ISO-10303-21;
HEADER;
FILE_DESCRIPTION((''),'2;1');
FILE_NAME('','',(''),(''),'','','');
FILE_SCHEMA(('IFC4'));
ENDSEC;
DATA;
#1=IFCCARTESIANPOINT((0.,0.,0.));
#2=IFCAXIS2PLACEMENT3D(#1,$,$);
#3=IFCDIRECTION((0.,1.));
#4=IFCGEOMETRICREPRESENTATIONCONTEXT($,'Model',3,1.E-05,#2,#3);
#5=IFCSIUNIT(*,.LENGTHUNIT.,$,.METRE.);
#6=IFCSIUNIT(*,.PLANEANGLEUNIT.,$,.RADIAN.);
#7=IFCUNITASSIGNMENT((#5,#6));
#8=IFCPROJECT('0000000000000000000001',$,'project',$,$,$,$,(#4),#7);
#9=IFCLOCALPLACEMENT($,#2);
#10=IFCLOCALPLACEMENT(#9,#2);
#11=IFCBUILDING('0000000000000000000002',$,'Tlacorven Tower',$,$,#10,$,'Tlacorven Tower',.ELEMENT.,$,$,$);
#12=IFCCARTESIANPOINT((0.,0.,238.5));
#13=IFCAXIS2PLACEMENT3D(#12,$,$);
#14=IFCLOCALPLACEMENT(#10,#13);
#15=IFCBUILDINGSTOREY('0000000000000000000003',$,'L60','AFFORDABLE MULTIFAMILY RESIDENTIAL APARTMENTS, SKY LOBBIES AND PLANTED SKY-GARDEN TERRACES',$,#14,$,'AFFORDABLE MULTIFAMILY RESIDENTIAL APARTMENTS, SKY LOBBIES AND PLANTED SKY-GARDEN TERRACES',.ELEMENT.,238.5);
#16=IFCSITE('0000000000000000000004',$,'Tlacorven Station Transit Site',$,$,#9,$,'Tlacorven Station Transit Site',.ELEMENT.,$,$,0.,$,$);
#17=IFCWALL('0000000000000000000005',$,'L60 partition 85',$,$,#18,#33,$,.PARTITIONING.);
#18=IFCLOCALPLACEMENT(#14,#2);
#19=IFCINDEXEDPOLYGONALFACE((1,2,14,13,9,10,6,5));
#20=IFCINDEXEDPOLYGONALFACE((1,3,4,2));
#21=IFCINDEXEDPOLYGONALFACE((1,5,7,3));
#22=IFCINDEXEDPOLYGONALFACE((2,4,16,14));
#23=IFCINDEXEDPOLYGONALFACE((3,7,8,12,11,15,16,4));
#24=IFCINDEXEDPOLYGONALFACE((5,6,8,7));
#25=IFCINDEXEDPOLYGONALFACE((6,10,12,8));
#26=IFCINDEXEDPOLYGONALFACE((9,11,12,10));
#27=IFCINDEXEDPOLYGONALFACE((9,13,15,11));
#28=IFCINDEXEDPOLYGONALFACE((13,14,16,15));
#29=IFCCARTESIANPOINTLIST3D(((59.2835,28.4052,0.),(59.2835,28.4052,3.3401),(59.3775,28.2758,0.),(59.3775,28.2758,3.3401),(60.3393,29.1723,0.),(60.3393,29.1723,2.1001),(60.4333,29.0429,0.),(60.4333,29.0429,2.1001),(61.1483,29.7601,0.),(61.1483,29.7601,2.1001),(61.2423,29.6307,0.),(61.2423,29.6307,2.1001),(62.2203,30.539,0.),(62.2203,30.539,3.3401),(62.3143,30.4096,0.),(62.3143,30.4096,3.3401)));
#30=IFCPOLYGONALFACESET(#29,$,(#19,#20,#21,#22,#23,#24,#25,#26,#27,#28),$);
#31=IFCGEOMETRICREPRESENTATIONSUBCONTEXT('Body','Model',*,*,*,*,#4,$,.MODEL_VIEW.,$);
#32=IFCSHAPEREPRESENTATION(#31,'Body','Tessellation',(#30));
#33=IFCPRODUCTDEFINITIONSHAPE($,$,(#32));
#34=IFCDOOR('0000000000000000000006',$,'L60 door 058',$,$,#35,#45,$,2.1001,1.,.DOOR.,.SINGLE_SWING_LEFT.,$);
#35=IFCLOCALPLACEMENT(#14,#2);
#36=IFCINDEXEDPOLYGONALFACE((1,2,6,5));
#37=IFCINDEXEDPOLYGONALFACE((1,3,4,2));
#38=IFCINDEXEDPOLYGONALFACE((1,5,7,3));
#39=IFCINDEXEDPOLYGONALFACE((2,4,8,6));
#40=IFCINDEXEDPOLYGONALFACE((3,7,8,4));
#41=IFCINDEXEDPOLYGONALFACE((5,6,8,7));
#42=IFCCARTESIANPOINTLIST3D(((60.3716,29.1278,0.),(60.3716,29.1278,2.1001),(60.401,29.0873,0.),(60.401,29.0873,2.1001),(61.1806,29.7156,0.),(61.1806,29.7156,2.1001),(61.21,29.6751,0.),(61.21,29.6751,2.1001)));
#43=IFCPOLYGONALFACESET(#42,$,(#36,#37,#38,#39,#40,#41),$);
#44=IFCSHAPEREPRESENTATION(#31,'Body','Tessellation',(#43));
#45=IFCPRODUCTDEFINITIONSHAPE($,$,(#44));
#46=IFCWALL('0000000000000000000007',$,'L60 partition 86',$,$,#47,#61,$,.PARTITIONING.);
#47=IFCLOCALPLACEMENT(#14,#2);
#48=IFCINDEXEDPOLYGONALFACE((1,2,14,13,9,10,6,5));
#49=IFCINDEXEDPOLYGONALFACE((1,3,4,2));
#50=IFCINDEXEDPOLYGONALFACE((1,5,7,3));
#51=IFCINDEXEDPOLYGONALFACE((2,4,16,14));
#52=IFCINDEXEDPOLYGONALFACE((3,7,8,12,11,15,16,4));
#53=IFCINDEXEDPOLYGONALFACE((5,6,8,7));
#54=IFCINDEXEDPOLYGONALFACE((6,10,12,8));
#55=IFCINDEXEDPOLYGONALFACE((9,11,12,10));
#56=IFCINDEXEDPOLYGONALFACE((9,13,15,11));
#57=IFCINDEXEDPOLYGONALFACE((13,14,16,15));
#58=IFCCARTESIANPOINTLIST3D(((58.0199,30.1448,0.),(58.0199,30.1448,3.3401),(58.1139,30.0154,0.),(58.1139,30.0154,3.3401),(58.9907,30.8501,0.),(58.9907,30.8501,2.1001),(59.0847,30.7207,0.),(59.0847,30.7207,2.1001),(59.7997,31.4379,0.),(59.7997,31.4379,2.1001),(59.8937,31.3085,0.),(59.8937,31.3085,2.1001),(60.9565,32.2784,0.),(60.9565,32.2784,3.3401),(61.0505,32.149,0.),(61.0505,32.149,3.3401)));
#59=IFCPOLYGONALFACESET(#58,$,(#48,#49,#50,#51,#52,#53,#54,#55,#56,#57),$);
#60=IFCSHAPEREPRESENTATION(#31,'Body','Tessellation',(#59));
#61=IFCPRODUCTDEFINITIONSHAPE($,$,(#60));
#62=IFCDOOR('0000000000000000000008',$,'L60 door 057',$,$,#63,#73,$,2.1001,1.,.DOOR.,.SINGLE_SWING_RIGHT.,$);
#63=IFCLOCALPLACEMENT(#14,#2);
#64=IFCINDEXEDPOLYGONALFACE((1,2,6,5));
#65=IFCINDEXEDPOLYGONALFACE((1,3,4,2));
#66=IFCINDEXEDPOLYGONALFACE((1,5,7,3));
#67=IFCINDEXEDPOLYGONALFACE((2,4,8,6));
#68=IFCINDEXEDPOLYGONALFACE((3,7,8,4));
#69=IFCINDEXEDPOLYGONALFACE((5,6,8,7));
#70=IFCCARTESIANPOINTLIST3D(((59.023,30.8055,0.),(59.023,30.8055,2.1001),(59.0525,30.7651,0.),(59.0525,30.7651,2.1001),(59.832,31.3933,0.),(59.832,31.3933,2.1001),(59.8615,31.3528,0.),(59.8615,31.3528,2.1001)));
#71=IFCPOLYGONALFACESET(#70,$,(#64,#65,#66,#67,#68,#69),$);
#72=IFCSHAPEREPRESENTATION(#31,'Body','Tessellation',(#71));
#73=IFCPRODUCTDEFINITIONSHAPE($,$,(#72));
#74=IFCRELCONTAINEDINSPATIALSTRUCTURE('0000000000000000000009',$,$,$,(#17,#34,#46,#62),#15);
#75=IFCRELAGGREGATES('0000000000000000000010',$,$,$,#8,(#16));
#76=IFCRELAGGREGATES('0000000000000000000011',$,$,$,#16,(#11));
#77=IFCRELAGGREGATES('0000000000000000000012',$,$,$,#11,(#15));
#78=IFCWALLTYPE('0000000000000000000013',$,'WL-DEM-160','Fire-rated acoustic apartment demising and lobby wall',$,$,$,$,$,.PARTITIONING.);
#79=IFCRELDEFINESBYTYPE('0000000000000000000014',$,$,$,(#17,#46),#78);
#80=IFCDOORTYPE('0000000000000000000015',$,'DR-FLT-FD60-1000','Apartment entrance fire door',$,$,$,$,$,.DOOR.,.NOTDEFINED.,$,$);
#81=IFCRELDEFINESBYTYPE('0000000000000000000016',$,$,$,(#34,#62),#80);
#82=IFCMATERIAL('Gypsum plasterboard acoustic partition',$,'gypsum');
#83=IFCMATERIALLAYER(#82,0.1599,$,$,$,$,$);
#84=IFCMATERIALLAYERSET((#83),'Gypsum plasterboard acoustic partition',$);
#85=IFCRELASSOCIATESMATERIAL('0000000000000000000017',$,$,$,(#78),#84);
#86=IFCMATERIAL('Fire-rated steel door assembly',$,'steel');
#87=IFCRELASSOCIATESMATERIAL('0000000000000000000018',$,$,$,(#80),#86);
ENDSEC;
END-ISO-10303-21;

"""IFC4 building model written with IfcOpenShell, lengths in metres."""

from ifc_helpers import new_model, si_unit, direction, frame, frame_2d, origin, place, context, subcontext, project, spatial, rectangle, extrude, source, transform, mapped, material, layer, layer_set, type_object, element, fill, save


model = new_model("IFC4")

# Units and contexts
model_context = context("Model", 3, precision=1e-05, world=origin(), true_north=direction((0.0, 1.0)))
body_context = subcontext(model_context, "Body", "Model", "MODEL_VIEW")
ifc_project = project(units=[si_unit("LENGTHUNIT", "METRE"), si_unit("PLANEANGLEUNIT", "RADIAN")], contexts=[model_context])

# Site, building, storey
site_placement = place(None, origin())
site = spatial("IfcSite", under=ifc_project, at=site_placement, Name="Tlacorven Station Transit Site", LongName="Tlacorven Station Transit Site", CompositionType="ELEMENT", RefElevation=0.0)
building_placement = place(site_placement, origin())
building = spatial("IfcBuilding", under=site, at=building_placement, Name="Tlacorven Tower", LongName="Tlacorven Tower", CompositionType="ELEMENT")
storey_placement = place(building_placement, frame((0.0, 0.0, 238.5)))
storey = spatial("IfcBuildingStorey", under=building, at=storey_placement, Name="L60", Description="AFFORDABLE MULTIFAMILY RESIDENTIAL APARTMENTS, SKY LOBBIES AND PLANTED SKY-GARDEN TERRACES", LongName="AFFORDABLE MULTIFAMILY RESIDENTIAL APARTMENTS, SKY LOBBIES AND PLANTED SKY-GARDEN TERRACES", CompositionType="ELEMENT", Elevation=238.5)

# Shared definitions
ifc_material_1 = material(Name="Gypsum plasterboard acoustic partition", Category="gypsum")
ifc_layer_1 = layer(ifc_material_1, 0.1599)
ifc_layer_set_1 = layer_set([ifc_layer_1], Name="Gypsum plasterboard acoustic partition")
wall_type_1 = type_object("IfcWallType", Name="WL-DEM-160", Description="Fire-rated acoustic apartment demising and lobby wall", PredefinedType="PARTITIONING", material=ifc_layer_set_1)

# Walls, openings, doors
wall_1_placement = place(storey_placement, frame((59.3306, 28.3406, 0.0), z_axis=(0.0, 0.0, 1.0), x_axis=(0.809004, 0.587804, 0.0)))
wall_1 = element("IfcWall", 1, at=wall_1_placement, inside=storey, type_object=wall_type_1, Name="L60 partition 85", PredefinedType="PARTITIONING", context=body_context, shape_type="SweptSolid", body=[
    extrude(rectangle(XDim=3.6301, YDim=0.1599, at=frame_2d((1.8149, 0.0))), origin(), (0.0, 0.0, 1.0), 3.3401),
])
opening_1_placement = place(wall_1_placement, frame((1.3049, 0.0, 0.0)))
opening_1 = element("IfcOpeningElement", 2, at=opening_1_placement, cuts=wall_1, PredefinedType="OPENING", context=body_context, shape_type="SweptSolid", body=[
    extrude(rectangle(XDim=1.0, YDim=2.1001, at=frame_2d((0.5, 1.05))), frame((0.0, 0.0898, 0.0), z_axis=(0.0, -1.0, 0.0), x_axis=(1.0, 0.0, 0.0)), (0.0, 0.0, 1.0), 0.1799),
])
ifc_material_2 = material(Name="Fire-rated steel door assembly", Category="steel")
door_type = type_object("IfcDoorType", Name="DR-FLT-FD60-1000", Description="Apartment entrance fire door", OperationType="NOTDEFINED", PredefinedType="DOOR", material=ifc_material_2)
shared_shape_1 = source(origin(), body_context, "Body", "SweptSolid", [
    extrude(rectangle(XDim=1.0, YDim=2.1001, at=frame_2d((0.5, 1.05))), frame((0.0, 0.0249, 0.0), z_axis=(0.0, -1.0, 0.0), x_axis=(1.0, 0.0, 0.0)), (0.0, 0.0, 1.0), 0.05),
])
door_1_placement = place(opening_1_placement, origin())
door_1 = element("IfcDoor", 3, at=door_1_placement, inside=storey, type_object=door_type, Name="L60 door 058", OperationType="SINGLE_SWING_LEFT", OverallHeight=2.1001, OverallWidth=1.0, PredefinedType="DOOR", context=body_context, shape_type="MappedRepresentation", body=[
    mapped(shared_shape_1, transform((0.0, 0.0, 0.0), scale=1.0)),
])
fill(opening_1, door_1)
wall_2_placement = place(storey_placement, frame((58.0669, 30.0801, 0.0), z_axis=(0.0, 0.0, 1.0), x_axis=(0.809012, 0.587792, 0.0)))
wall_2 = element("IfcWall", 4, at=wall_2_placement, inside=storey, type_object=wall_type_1, Name="L60 partition 86", PredefinedType="PARTITIONING", context=body_context, shape_type="SweptSolid", body=[
    extrude(rectangle(XDim=3.6299, YDim=0.1599, at=frame_2d((1.8149, 0.0))), origin(), (0.0, 0.0, 1.0), 3.3401),
])
opening_2_placement = place(wall_2_placement, frame((1.2, 0.0, 0.0)))
opening_2 = element("IfcOpeningElement", 5, at=opening_2_placement, cuts=wall_2, PredefinedType="OPENING", context=body_context, shape_type="SweptSolid", body=[
    extrude(rectangle(XDim=1.0, YDim=2.1001, at=frame_2d((0.5, 1.05))), frame((0.0, 0.0898, 0.0), z_axis=(0.0, -1.0, 0.0), x_axis=(1.0, 0.0, 0.0)), (0.0, 0.0, 1.0), 0.1799),
])
door_2_placement = place(opening_2_placement, origin())
door_2 = element("IfcDoor", 6, at=door_2_placement, inside=storey, type_object=door_type, Name="L60 door 057", OperationType="SINGLE_SWING_RIGHT", OverallHeight=2.1001, OverallWidth=1.0, PredefinedType="DOOR", context=body_context, shape_type="MappedRepresentation", body=[
    mapped(shared_shape_1, transform((0.0, 0.0, 0.0), scale=1.0)),
])
fill(opening_2, door_2)

save(model, "model.ifc")
